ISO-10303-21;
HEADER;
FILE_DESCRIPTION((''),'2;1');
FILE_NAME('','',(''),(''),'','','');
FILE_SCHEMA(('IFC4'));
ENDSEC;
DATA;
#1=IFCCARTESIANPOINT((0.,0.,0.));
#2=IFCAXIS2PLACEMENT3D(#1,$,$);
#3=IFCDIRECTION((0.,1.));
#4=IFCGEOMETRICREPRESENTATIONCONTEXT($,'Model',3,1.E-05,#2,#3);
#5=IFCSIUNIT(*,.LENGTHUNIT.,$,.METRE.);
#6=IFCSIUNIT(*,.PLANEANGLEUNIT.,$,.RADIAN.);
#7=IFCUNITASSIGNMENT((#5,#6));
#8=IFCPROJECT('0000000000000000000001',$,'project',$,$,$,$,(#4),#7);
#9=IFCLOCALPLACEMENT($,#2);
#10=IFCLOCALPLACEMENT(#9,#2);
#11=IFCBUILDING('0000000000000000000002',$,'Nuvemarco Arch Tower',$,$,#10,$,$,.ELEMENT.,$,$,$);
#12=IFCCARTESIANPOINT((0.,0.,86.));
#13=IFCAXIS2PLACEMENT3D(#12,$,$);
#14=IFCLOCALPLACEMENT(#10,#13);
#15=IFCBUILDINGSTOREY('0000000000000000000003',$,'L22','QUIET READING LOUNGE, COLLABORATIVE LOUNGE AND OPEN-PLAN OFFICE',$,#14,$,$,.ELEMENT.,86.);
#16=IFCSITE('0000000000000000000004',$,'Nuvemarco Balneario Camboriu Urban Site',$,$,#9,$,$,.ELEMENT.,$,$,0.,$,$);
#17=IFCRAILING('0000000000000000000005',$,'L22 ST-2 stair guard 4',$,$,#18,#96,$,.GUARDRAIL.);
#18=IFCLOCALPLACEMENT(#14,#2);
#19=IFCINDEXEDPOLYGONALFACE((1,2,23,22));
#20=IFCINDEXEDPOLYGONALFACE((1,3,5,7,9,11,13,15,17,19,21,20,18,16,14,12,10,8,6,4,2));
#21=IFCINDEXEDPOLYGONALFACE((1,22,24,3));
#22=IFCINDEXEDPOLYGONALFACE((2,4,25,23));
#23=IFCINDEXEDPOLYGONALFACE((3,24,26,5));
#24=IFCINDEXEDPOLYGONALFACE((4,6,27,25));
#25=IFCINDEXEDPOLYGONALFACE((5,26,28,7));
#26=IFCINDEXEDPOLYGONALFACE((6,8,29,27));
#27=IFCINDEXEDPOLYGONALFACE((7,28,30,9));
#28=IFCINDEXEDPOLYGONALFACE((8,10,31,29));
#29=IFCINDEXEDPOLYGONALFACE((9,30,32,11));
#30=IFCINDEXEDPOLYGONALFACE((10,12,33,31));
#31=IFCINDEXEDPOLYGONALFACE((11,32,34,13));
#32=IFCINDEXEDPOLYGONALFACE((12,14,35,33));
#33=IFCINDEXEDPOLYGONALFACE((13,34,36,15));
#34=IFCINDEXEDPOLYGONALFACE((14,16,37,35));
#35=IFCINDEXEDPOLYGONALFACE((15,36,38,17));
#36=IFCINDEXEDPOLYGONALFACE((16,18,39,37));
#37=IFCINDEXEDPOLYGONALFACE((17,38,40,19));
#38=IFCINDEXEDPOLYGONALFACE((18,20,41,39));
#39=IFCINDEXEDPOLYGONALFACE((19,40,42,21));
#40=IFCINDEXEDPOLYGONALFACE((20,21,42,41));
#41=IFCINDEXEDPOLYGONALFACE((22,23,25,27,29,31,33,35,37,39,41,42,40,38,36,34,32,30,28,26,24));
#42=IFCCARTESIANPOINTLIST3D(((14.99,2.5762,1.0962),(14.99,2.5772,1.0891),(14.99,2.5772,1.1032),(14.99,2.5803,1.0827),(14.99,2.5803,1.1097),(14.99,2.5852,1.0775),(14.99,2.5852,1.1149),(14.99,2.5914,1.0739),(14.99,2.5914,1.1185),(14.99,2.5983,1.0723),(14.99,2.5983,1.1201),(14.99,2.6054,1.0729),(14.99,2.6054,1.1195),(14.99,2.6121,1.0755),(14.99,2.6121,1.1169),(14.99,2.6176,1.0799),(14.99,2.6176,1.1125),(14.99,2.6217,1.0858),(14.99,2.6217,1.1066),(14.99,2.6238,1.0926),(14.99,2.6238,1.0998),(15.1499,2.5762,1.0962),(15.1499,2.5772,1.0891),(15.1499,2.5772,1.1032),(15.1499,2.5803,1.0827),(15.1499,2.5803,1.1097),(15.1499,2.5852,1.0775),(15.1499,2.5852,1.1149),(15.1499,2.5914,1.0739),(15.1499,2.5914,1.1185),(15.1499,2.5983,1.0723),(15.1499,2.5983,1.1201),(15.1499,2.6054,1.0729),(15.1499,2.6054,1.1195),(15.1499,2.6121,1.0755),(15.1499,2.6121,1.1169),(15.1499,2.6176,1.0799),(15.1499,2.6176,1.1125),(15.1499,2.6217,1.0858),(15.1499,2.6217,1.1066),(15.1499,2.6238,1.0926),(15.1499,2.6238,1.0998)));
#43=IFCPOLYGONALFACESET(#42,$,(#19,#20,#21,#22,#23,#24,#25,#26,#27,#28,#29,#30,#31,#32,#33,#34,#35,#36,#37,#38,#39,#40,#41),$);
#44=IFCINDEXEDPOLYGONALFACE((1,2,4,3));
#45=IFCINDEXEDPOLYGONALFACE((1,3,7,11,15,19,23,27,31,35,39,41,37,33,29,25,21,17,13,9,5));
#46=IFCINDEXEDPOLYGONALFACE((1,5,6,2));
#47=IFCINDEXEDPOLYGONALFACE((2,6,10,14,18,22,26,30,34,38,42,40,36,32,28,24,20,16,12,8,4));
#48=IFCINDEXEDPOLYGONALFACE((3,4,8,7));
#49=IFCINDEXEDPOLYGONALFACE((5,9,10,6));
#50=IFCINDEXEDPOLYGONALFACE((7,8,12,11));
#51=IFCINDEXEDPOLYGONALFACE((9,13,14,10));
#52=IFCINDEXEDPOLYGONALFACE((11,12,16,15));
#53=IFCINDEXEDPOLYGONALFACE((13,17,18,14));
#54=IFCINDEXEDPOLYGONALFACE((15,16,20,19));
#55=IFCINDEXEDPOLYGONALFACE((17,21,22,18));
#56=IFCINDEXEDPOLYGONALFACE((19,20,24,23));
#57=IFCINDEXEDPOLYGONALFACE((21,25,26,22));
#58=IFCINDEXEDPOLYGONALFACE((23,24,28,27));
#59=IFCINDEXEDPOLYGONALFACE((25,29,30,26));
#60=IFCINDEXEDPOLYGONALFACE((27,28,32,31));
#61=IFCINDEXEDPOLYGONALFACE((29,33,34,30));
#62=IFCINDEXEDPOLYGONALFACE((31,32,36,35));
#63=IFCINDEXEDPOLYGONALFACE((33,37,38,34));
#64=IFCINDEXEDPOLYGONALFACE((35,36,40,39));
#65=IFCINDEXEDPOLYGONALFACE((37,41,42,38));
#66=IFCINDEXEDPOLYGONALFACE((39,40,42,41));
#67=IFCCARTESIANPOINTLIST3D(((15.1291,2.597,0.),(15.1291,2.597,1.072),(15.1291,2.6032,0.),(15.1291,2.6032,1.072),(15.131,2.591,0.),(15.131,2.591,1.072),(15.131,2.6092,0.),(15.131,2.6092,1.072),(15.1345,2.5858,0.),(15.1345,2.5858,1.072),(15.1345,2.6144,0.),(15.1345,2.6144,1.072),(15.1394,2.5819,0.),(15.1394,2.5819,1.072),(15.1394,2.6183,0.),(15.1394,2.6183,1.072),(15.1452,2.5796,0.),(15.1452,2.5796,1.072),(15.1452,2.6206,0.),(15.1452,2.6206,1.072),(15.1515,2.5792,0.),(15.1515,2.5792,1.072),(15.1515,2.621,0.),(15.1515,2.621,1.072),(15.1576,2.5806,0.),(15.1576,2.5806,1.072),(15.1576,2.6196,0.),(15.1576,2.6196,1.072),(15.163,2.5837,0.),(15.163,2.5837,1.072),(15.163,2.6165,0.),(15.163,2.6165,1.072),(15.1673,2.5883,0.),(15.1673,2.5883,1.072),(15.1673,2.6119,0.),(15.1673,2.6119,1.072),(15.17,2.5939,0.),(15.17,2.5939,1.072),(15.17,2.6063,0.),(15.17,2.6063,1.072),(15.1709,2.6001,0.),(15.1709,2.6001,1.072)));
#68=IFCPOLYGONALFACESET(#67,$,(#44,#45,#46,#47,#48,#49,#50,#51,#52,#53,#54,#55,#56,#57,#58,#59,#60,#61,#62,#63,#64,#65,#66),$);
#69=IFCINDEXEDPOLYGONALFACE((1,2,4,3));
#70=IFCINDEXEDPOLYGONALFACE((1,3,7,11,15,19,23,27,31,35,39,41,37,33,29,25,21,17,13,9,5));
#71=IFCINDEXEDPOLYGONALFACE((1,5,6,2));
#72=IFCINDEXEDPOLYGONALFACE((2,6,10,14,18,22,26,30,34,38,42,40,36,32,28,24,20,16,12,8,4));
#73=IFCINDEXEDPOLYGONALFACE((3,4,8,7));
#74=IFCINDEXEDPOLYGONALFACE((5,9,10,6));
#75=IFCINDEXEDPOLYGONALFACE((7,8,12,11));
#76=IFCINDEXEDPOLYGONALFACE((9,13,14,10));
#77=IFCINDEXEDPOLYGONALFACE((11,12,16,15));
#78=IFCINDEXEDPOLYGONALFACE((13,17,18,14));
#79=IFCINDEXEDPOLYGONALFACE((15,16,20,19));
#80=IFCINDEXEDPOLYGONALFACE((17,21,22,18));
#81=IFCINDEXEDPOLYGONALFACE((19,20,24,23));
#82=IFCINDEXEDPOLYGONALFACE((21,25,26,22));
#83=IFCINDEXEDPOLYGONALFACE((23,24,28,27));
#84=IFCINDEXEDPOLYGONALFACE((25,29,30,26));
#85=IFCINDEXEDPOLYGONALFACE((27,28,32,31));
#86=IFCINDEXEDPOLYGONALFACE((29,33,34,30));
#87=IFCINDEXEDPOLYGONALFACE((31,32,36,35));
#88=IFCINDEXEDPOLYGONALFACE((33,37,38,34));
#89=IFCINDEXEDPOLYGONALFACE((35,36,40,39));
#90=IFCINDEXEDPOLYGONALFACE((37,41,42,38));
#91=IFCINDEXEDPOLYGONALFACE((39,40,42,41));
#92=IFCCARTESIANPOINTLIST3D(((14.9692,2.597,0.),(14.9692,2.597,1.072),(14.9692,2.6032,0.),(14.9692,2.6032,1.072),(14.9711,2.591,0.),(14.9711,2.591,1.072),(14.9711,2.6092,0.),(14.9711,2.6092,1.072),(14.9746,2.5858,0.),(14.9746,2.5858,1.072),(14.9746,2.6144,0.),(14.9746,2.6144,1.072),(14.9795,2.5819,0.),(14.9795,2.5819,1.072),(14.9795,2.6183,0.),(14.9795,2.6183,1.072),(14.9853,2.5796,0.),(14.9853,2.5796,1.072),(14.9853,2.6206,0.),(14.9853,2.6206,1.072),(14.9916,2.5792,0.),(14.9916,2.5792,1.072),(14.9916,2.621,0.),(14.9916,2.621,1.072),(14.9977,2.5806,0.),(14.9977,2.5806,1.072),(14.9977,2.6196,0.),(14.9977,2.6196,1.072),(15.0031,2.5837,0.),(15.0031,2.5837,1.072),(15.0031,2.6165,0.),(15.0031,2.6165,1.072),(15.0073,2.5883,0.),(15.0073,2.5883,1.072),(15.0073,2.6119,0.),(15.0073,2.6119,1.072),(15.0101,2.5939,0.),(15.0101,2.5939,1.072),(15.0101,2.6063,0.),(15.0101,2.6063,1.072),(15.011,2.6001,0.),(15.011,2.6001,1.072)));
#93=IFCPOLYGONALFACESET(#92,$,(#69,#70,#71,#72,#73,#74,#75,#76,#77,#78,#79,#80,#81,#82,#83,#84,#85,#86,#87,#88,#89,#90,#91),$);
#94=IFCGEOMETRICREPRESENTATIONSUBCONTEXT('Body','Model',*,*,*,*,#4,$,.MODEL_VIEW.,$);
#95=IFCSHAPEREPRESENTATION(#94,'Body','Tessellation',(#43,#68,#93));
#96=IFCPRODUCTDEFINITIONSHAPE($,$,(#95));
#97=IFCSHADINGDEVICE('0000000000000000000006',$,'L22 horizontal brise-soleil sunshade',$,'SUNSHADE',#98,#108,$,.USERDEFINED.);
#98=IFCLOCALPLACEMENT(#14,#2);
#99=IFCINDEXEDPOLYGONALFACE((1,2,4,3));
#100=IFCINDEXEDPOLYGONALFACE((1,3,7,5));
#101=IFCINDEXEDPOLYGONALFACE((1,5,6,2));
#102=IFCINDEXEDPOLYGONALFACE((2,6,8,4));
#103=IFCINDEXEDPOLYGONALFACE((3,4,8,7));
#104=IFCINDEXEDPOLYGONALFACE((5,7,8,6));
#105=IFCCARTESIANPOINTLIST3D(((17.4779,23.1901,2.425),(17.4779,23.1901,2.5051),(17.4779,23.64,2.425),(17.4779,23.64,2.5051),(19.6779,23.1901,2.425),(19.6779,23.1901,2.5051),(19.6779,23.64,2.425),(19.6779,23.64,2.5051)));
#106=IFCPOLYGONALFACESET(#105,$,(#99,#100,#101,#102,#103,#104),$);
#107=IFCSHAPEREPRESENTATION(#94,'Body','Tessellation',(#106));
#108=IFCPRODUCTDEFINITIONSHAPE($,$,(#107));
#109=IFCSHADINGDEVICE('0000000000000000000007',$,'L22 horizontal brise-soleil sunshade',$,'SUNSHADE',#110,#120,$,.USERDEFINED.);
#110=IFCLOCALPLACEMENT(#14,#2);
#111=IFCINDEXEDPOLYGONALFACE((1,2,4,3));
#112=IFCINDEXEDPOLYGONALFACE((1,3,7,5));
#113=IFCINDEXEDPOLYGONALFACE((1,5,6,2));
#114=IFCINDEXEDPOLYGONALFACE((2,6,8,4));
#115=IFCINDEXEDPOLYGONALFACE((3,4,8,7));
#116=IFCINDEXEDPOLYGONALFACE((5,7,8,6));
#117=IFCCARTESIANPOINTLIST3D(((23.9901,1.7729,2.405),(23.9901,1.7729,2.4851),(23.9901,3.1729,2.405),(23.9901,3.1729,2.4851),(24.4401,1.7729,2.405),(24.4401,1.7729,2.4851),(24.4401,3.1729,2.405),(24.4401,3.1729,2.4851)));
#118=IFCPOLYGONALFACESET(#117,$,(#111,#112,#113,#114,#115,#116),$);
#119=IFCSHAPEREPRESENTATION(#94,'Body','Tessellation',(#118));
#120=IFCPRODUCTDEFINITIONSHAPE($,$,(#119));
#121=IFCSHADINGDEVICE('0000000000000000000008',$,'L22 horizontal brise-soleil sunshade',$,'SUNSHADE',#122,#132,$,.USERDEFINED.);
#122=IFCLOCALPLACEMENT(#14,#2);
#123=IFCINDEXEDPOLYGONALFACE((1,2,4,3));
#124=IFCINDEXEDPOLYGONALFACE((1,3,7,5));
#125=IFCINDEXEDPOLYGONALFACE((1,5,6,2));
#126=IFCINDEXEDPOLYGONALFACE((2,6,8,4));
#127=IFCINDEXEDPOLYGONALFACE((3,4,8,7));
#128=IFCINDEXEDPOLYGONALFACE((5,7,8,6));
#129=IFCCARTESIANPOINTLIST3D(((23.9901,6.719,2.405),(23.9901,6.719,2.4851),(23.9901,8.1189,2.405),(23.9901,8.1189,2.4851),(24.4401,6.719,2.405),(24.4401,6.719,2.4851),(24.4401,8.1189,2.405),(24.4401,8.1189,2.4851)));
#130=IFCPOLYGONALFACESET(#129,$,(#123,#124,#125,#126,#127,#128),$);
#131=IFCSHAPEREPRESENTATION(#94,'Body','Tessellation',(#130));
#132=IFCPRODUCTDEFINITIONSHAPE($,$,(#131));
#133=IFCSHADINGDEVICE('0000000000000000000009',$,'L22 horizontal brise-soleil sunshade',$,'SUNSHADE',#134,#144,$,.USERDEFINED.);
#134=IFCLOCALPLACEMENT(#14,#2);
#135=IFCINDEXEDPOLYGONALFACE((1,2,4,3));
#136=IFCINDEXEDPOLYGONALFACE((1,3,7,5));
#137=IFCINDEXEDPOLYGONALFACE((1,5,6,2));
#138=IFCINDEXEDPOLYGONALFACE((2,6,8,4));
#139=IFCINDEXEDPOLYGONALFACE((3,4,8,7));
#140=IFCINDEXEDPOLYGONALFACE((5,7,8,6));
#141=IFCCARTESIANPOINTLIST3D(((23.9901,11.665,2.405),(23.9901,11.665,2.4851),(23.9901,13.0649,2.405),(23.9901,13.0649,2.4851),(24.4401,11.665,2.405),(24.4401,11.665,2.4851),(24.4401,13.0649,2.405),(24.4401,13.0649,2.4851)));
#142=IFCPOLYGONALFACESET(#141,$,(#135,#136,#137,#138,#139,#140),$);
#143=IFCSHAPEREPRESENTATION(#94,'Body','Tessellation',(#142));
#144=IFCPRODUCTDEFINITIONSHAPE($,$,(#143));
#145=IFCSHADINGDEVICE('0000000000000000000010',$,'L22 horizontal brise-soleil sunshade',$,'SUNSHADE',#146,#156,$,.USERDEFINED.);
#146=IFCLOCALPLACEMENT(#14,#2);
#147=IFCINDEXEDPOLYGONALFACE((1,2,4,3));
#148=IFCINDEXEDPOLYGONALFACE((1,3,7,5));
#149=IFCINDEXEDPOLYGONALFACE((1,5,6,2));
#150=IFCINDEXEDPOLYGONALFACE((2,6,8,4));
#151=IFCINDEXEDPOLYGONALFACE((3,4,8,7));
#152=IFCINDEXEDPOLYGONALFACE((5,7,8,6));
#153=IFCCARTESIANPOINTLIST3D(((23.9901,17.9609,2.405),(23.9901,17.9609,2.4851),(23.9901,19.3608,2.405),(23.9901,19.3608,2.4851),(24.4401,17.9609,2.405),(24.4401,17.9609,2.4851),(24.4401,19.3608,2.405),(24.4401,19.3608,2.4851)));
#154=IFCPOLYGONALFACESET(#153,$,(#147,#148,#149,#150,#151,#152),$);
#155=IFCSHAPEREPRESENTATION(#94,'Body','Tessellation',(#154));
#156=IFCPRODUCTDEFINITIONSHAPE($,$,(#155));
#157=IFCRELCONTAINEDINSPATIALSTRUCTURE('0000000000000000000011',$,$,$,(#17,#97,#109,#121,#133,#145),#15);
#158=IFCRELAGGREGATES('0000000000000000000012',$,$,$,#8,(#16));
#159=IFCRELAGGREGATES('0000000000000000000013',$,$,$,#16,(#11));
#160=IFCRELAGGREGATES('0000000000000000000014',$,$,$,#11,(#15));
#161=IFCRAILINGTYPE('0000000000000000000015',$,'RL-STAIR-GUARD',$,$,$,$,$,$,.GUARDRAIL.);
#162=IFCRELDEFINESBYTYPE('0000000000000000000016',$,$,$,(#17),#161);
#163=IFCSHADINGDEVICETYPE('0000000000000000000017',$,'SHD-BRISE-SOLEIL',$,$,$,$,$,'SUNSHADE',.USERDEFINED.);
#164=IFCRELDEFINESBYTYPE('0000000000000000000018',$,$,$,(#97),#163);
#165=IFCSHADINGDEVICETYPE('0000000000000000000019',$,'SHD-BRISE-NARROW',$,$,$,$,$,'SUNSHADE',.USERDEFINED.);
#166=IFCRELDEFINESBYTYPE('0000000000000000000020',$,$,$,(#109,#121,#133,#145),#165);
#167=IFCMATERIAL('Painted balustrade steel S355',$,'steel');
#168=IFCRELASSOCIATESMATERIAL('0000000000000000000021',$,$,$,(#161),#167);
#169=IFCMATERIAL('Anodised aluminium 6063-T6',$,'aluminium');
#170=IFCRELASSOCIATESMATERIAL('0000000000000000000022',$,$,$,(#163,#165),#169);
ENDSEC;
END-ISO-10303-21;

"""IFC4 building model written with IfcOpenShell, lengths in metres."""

from ifc_helpers import new_model, si_unit, direction, frame, origin, origin_2d, place, context, subcontext, project, spatial, rectangle, circle, extrude, source, transform, mapped, material, type_object, type_shapes, element, save


model = new_model("IFC4")

# Units and contexts
model_context = context("Model", 3, precision=1e-05, world=origin(), true_north=direction((0.0, 1.0)))
body_context = subcontext(model_context, "Body", "Model", "MODEL_VIEW")
ifc_project = project(units=[si_unit("LENGTHUNIT", "METRE"), si_unit("PLANEANGLEUNIT", "RADIAN")], contexts=[model_context])

# Site, building, storey
site_placement = place(None, origin())
site = spatial("IfcSite", under=ifc_project, at=site_placement, Name="Nuvemarco Balneario Camboriu Urban Site", CompositionType="ELEMENT", RefElevation=0.0)
building_placement = place(site_placement, origin())
building = spatial("IfcBuilding", under=site, at=building_placement, Name="Nuvemarco Arch Tower", CompositionType="ELEMENT")
storey_placement = place(building_placement, frame((0.0, 0.0, 86.0)))
storey = spatial("IfcBuildingStorey", under=building, at=storey_placement, Name="L22", Description="QUIET READING LOUNGE, COLLABORATIVE LOUNGE AND OPEN-PLAN OFFICE", CompositionType="ELEMENT", Elevation=86.0)

# Railing
ifc_material_1 = material(Name="Painted balustrade steel S355", Category="steel")
railing_type_1 = type_object("IfcRailingType", Name="RL-STAIR-GUARD", PredefinedType="GUARDRAIL", material=ifc_material_1)
railing_1_placement = place(storey_placement, frame((15.1499, 2.6001, 0.0)))
element("IfcRailing", 1, at=railing_1_placement, inside=storey, type_object=railing_type_1, Name="L22 ST-2 stair guard 4", PredefinedType="GUARDRAIL", context=body_context, shape_type="SweptSolid", body=[
    extrude(circle(Radius=0.0239, at=origin_2d()), frame((0.0, 0.0, 1.0962), z_axis=(-1.0, 0.0, 0.0), x_axis=(0.0, -1.0, 0.0)), (0.0, 0.0, 1.0), 0.1599),
    extrude(circle(Radius=0.021, at=origin_2d()), origin(), (0.0, 0.0, 1.0), 1.072),
    extrude(circle(Radius=0.021, at=origin_2d()), frame((-0.1599, 0.0, 0.0)), (0.0, 0.0, 1.0), 1.072),
])

# Shading devices
ifc_material_2 = material(Name="Anodised aluminium 6063-T6", Category="aluminium")
shading_device_type_1 = type_object("IfcShadingDeviceType", Name="SHD-BRISE-SOLEIL", ElementType="SUNSHADE", PredefinedType="USERDEFINED", material=ifc_material_2)
shared_shape_1 = source(origin(), body_context, "Body", "SweptSolid", [
    extrude(rectangle(XDim=2.2, YDim=0.45, at=origin_2d()), origin(), (0.0, 0.0, 1.0), 0.0801),
])
type_shapes(shading_device_type_1, [shared_shape_1])
shading_device_placement = place(storey_placement, frame((18.5779, 23.415, 2.425), z_axis=(0.0, 0.0, 1.0), x_axis=(1.0, 0.0, 0.0)))
element("IfcShadingDevice", 2, at=shading_device_placement, inside=storey, type_object=shading_device_type_1, Name="L22 horizontal brise-soleil sunshade", ObjectType="SUNSHADE", PredefinedType="USERDEFINED", context=body_context, shape_type="MappedRepresentation", body=[
    mapped(shared_shape_1, transform((0.0, 0.0, 0.0), scale=1.0)),
])
shading_device_type_2 = type_object("IfcShadingDeviceType", Name="SHD-BRISE-NARROW", ElementType="SUNSHADE", PredefinedType="USERDEFINED", material=ifc_material_2)
shared_shape_2 = source(origin(), body_context, "Body", "SweptSolid", [
    extrude(rectangle(XDim=1.3999, YDim=0.45, at=origin_2d()), origin(), (0.0, 0.0, 1.0), 0.0801),
])
type_shapes(shading_device_type_2, [shared_shape_2])
for number, where, z_axis, x_axis, name in (
    (3, (24.2151, 2.4729, 2.405), (0.0, 0.0, 1.0), (0.0, 1.0, 0.0), "L22 horizontal brise-soleil sunshade"),
    (4, (24.2151, 7.4189, 2.405), (0.0, 0.0, 1.0), (0.0, 1.0, 0.0), "L22 horizontal brise-soleil sunshade"),
    (5, (24.2151, 12.365, 2.405), (0.0, 0.0, 1.0), (0.0, 1.0, 0.0), "L22 horizontal brise-soleil sunshade"),
    (6, (24.2151, 18.6609, 2.405), (0.0, 0.0, 1.0), (0.0, 1.0, 0.0), "L22 horizontal brise-soleil sunshade"),
):
    element("IfcShadingDevice", number, at=place(storey_placement, frame(where, z_axis=z_axis, x_axis=x_axis)), inside=storey, type_object=shading_device_type_2, Name=name, ObjectType="SUNSHADE", PredefinedType="USERDEFINED", context=body_context, shape_type="MappedRepresentation", body=[
        mapped(shared_shape_2, transform((0.0, 0.0, 0.0), scale=1.0)),
    ])

save(model, "model.ifc")
